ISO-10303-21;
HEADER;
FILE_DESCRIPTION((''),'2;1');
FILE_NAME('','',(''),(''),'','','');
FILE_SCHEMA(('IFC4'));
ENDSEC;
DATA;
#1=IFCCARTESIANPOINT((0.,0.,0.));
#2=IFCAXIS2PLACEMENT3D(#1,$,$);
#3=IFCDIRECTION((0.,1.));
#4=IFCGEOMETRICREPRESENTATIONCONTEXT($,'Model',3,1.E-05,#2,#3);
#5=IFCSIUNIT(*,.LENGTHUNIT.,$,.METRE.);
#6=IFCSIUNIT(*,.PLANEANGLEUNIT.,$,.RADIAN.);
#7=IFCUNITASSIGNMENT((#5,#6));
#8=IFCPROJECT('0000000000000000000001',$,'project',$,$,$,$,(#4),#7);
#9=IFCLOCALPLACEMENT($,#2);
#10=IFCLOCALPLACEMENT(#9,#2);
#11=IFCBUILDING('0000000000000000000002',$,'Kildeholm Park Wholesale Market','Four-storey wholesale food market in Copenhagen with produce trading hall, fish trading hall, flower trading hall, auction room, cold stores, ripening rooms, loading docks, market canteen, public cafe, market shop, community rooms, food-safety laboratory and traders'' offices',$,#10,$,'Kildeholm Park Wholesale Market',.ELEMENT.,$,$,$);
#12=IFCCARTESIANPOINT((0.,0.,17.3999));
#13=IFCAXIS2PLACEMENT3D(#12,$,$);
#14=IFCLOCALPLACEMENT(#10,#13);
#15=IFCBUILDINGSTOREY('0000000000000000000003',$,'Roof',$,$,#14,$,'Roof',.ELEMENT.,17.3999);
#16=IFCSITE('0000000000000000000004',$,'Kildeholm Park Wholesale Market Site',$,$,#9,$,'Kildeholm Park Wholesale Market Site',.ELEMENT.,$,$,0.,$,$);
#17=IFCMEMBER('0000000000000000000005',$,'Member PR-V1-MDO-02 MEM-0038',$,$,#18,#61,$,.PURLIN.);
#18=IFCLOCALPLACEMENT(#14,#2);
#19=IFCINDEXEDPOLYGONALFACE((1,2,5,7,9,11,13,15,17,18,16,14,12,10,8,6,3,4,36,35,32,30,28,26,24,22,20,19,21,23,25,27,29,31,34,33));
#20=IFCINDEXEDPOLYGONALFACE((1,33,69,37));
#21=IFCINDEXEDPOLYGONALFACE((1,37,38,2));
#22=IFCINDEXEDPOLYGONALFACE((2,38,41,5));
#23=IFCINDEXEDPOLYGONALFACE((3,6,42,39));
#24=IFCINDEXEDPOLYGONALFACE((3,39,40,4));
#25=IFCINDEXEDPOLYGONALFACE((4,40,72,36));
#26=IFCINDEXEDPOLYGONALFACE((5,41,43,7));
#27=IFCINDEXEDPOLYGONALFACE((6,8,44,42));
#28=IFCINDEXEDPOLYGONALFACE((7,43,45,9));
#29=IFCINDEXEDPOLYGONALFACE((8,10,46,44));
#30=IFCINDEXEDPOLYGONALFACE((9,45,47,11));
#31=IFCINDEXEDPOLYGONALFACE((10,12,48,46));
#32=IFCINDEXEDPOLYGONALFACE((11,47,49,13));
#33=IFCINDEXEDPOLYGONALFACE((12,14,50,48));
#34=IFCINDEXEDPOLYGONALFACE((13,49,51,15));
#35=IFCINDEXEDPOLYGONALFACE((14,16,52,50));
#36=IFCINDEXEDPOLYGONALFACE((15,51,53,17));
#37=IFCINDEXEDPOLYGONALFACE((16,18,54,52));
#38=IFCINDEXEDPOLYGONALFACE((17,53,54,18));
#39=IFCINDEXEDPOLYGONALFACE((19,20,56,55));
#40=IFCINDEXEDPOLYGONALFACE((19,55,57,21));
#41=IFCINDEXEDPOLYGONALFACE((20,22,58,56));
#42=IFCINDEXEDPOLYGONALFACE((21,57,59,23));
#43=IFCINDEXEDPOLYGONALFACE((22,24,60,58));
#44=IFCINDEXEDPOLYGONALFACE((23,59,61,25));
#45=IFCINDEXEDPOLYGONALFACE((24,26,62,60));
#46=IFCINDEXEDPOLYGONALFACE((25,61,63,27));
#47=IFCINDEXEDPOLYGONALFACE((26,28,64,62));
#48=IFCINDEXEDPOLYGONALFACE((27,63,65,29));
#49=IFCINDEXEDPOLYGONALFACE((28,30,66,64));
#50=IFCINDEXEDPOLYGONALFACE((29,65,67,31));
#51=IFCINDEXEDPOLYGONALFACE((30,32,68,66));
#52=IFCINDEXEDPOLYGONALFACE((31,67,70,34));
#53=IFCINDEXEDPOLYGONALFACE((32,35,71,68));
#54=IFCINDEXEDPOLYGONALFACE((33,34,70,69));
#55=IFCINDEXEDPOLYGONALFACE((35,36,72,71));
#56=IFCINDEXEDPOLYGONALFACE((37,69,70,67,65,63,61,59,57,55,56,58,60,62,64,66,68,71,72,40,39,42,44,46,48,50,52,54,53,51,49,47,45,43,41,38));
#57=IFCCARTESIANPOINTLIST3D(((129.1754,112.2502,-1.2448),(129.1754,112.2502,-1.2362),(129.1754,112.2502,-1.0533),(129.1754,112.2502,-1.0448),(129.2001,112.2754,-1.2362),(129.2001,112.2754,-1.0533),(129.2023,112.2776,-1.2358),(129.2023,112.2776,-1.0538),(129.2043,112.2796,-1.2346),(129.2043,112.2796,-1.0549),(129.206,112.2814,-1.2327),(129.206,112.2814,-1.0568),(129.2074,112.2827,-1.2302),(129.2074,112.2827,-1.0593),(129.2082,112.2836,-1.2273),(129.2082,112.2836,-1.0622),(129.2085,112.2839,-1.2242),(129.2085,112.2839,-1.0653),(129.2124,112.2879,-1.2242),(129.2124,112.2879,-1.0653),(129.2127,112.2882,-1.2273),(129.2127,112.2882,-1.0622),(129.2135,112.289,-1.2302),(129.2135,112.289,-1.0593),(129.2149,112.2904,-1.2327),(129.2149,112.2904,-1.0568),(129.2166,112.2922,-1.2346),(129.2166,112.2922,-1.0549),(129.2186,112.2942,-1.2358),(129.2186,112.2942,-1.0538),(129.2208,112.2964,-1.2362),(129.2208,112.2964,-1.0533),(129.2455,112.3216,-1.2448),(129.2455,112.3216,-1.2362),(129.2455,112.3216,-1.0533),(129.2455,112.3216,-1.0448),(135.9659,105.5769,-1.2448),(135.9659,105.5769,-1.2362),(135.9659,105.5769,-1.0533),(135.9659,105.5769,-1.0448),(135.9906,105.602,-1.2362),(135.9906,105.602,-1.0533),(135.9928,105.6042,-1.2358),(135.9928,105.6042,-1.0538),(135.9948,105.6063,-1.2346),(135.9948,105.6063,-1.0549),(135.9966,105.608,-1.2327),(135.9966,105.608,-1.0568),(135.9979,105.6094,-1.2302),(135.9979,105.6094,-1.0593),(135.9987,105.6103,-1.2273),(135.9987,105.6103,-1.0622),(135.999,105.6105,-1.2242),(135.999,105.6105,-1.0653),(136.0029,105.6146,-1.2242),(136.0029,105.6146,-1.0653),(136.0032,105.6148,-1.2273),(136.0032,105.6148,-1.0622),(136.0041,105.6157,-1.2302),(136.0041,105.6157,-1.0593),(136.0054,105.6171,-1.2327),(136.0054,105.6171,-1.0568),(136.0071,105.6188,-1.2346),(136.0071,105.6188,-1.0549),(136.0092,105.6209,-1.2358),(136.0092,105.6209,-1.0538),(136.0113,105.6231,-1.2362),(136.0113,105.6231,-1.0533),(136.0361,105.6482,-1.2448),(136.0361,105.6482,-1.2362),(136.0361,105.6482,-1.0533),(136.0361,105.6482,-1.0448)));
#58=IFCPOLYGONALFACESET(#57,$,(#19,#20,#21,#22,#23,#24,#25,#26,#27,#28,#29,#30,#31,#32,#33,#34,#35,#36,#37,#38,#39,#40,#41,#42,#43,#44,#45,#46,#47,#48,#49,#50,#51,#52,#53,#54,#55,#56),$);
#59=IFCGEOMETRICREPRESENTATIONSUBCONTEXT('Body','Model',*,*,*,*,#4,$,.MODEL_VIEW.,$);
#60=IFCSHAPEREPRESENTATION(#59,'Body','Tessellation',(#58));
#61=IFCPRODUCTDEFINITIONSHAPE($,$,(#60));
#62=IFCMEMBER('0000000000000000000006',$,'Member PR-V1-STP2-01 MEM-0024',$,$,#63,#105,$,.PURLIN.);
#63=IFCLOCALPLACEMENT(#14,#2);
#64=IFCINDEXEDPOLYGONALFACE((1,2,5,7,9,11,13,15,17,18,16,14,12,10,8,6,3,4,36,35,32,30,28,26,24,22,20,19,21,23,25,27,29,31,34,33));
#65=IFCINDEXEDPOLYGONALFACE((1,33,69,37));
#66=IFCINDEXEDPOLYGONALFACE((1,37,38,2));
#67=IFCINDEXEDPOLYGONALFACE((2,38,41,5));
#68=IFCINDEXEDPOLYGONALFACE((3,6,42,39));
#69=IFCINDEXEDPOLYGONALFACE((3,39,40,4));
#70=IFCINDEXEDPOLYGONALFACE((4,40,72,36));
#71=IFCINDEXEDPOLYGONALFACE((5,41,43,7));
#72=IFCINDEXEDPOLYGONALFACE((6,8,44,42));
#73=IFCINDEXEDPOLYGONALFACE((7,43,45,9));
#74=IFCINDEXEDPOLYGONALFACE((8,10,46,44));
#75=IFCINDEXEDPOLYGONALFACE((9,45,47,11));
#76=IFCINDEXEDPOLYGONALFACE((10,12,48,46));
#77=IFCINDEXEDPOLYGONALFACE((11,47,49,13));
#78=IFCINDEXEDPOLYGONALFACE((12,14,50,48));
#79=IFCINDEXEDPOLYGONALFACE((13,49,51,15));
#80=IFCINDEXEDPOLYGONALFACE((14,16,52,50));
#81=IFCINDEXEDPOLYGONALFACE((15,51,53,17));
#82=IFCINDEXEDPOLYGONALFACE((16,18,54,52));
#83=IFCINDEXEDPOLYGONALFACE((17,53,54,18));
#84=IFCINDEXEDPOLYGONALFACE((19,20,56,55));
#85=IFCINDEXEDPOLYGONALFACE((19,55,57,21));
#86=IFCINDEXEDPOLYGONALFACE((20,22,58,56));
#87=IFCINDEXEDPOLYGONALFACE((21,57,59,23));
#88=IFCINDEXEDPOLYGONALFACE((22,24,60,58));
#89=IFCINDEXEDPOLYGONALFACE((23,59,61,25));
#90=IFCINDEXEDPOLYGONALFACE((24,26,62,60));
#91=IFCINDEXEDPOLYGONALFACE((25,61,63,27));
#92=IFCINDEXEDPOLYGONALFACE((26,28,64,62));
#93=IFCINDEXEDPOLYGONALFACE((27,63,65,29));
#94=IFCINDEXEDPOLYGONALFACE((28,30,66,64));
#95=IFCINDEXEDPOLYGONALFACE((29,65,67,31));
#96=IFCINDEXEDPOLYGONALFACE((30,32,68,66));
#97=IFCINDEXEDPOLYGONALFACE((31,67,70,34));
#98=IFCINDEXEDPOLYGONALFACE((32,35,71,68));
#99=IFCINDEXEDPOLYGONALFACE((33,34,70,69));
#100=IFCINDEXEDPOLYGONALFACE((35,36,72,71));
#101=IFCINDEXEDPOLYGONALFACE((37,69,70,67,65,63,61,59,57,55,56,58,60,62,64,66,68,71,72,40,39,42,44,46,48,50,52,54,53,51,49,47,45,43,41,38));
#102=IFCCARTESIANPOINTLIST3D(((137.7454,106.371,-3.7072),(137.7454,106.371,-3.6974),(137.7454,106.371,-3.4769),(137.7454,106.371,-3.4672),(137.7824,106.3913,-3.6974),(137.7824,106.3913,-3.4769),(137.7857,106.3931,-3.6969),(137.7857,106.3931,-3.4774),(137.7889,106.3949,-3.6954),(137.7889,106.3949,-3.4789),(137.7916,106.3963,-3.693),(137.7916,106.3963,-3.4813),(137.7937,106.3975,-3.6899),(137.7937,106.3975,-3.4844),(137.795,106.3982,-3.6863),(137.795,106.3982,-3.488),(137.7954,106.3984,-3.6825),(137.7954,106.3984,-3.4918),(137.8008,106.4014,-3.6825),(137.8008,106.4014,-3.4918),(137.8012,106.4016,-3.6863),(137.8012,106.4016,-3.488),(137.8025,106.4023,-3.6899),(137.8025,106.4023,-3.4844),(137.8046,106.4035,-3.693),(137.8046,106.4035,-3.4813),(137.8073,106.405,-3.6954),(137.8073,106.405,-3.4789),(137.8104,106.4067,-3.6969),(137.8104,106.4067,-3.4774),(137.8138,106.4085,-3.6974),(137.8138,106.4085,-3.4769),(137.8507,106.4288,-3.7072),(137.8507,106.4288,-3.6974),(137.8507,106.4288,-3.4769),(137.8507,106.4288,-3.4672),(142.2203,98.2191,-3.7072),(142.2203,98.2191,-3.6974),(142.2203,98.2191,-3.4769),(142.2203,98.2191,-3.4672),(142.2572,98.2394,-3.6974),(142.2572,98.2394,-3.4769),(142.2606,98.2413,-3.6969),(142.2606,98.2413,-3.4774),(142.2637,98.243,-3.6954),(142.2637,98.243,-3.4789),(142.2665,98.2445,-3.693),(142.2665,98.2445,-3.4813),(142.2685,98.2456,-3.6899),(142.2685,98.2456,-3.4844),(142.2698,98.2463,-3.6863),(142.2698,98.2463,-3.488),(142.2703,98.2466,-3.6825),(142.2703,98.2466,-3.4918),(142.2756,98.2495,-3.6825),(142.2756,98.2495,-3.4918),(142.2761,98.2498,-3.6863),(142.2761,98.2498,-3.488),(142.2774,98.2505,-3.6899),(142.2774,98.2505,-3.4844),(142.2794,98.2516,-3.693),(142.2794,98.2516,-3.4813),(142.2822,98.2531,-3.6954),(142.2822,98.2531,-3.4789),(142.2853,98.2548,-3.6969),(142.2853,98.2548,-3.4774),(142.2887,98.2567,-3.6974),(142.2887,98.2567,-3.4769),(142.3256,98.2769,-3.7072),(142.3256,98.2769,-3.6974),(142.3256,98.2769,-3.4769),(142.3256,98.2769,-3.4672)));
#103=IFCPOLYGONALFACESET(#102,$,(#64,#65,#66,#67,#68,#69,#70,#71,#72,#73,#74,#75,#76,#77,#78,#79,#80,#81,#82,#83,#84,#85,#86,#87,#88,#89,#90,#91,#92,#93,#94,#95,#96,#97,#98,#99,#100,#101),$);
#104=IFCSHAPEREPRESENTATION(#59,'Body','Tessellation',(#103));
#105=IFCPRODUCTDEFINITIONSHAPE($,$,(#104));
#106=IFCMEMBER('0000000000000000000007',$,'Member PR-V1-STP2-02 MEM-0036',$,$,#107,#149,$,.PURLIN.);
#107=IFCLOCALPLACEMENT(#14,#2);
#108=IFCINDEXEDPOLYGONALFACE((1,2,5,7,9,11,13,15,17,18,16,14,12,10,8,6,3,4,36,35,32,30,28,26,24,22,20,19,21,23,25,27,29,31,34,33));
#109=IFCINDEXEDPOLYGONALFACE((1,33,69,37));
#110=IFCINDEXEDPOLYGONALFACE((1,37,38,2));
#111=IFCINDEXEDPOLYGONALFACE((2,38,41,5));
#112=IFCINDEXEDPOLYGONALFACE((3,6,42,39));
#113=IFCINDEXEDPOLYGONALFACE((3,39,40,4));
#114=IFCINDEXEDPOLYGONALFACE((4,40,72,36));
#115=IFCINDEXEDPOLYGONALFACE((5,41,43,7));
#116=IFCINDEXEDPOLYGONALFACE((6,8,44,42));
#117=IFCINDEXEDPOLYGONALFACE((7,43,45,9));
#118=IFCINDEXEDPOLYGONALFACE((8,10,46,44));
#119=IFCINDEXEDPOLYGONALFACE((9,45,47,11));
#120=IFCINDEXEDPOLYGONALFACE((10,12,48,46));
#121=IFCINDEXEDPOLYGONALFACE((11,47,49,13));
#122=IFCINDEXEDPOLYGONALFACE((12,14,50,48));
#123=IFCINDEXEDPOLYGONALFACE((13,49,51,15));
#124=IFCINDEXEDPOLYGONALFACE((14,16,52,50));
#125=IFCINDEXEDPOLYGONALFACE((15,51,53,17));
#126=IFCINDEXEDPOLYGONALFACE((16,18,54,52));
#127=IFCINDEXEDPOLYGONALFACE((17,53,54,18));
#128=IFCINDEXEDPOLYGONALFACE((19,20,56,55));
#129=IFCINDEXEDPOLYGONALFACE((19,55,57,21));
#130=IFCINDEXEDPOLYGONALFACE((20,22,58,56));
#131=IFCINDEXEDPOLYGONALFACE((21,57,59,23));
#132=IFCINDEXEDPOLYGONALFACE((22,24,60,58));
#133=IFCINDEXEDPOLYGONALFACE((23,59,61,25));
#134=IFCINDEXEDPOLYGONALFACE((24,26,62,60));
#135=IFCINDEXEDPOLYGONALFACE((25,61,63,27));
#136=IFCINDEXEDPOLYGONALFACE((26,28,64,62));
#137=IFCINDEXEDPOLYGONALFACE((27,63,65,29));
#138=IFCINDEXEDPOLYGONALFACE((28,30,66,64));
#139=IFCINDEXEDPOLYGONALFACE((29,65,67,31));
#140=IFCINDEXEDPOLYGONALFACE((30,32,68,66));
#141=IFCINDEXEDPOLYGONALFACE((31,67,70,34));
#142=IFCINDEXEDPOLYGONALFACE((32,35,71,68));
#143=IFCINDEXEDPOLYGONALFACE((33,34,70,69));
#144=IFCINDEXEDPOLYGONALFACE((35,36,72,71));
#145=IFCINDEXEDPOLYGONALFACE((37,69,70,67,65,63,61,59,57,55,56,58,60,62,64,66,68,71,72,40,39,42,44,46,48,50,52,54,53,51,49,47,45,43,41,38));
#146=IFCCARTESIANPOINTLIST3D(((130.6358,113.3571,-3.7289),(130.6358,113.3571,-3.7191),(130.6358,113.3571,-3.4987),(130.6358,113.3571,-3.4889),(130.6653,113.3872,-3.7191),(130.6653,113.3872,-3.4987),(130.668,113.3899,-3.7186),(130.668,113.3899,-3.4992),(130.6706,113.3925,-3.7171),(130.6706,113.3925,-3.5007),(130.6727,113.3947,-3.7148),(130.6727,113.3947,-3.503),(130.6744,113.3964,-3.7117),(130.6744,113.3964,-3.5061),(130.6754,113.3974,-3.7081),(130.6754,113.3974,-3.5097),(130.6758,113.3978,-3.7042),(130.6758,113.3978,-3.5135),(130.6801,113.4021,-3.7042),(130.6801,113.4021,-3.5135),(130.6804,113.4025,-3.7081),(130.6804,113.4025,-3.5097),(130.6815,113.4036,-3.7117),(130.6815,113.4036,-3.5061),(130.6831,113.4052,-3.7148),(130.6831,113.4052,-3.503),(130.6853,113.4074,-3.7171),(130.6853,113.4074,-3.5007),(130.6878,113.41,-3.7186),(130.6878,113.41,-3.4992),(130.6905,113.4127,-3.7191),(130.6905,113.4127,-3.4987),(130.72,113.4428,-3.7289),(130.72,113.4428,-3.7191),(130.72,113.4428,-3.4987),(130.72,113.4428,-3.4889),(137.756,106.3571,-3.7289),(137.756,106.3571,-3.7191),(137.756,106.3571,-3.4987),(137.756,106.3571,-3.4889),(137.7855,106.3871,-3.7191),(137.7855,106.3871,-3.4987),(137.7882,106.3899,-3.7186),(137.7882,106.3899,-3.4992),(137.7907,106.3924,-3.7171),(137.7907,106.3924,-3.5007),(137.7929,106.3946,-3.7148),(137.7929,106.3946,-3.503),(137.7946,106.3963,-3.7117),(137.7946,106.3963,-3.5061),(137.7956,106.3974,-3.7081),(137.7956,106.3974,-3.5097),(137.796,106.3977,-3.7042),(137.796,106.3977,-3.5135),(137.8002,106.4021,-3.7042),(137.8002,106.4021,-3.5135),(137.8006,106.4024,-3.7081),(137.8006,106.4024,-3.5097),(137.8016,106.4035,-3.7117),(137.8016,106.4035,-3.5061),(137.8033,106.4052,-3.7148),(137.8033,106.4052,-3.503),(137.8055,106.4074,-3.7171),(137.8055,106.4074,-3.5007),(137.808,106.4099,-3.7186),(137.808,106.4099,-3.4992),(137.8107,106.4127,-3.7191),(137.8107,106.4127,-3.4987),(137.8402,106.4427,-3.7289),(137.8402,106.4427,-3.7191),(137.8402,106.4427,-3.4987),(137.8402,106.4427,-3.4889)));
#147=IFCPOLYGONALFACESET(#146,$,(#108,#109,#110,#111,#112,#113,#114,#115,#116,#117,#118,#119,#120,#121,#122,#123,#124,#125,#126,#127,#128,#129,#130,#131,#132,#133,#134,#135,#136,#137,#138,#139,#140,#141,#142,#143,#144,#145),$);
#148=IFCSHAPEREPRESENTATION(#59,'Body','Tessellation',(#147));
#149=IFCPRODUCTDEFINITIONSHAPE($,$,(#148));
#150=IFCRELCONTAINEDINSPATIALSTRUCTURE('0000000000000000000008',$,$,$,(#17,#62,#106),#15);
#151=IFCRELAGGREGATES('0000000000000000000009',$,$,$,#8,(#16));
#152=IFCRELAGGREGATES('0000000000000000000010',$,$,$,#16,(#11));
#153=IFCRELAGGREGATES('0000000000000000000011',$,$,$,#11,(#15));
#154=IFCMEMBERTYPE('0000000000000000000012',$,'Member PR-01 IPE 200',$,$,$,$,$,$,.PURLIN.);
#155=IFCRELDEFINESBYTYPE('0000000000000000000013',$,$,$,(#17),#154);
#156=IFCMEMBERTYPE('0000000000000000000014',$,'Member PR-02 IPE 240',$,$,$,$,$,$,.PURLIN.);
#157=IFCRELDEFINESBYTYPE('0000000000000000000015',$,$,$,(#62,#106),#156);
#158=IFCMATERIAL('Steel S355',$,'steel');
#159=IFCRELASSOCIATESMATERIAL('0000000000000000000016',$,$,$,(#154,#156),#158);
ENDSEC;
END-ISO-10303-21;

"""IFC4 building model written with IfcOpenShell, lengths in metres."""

from ifc_helpers import new_model, si_unit, direction, frame, origin, origin_2d, place, context, subcontext, project, spatial, i_section, extrude, material, material_profile, profile_set, type_object, element, save


model = new_model("IFC4")

# Units and contexts
model_context = context("Model", 3, precision=1e-05, world=origin(), true_north=direction((0.0, 1.0)))
body_context = subcontext(model_context, "Body", "Model", "MODEL_VIEW")
ifc_project = project(units=[si_unit("LENGTHUNIT", "METRE"), si_unit("PLANEANGLEUNIT", "RADIAN")], contexts=[model_context])

# Site, building, storey
site_placement = place(None, origin())
site = spatial("IfcSite", under=ifc_project, at=site_placement, Name="Kildeholm Park Wholesale Market Site", LongName="Kildeholm Park Wholesale Market Site", CompositionType="ELEMENT", RefElevation=0.0)
building_placement = place(site_placement, origin())
building = spatial("IfcBuilding", under=site, at=building_placement, Name="Kildeholm Park Wholesale Market", Description="Four-storey wholesale food market in Copenhagen with produce trading hall, fish trading hall, flower trading hall, auction room, cold stores, ripening rooms, loading docks, market canteen, public cafe, market shop, community rooms, food-safety laboratory and traders' offices", LongName="Kildeholm Park Wholesale Market", CompositionType="ELEMENT")
storey_placement = place(building_placement, frame((0.0, 0.0, 17.3999)))
storey = spatial("IfcBuildingStorey", under=building, at=storey_placement, Name="Roof", LongName="Roof", CompositionType="ELEMENT", Elevation=17.3999)

# Shared definitions
ifc_material_1 = material(Name="Steel S355", Category="steel")

# Members
ifc_material_profile_1 = material_profile(ifc_material_1, i_section(OverallWidth=0.1001, OverallDepth=0.2, WebThickness=0.0056, FlangeThickness=0.0085, FilletRadius=0.012, at=origin_2d()), Name="IPE 200")
ifc_profile_set_1 = profile_set([ifc_material_profile_1], Name="Steel S355")
member_type_1 = type_object("IfcMemberType", Name="Member PR-01 IPE 200", PredefinedType="PURLIN", material=ifc_profile_set_1)
member_1_placement = place(storey_placement, frame((136.001, 105.6125, -1.1448), z_axis=(-0.713234, 0.700926, 0.0), x_axis=(-0.700926, -0.713234, 0.0)))
element("IfcMember", 1, at=member_1_placement, inside=storey, type_object=member_type_1, Name="Member PR-V1-MDO-02 MEM-0038", PredefinedType="PURLIN", context=body_context, shape_type="SweptSolid", body=[
    extrude(i_section(OverallWidth=0.1001, OverallDepth=0.2, WebThickness=0.0056, FlangeThickness=0.0085, FilletRadius=0.012, at=origin_2d()), origin(), (0.0, 0.0, 1.0), 9.5208),
])
ifc_material_profile_2 = material_profile(ifc_material_1, i_section(OverallWidth=0.1201, OverallDepth=0.24, WebThickness=0.0061, FlangeThickness=0.0098, FilletRadius=0.0149, at=origin_2d()), Name="IPE 240")
ifc_profile_set_2 = profile_set([ifc_material_profile_2], Name="Steel S355")
member_type_2 = type_object("IfcMemberType", Name="Member PR-02 IPE 240", PredefinedType="PURLIN", material=ifc_profile_set_2)
member_2_placement = place(storey_placement, frame((142.2729, 98.248, -3.5872), z_axis=(-0.481203, 0.876609, 0.0), x_axis=(-0.876609, -0.481203, 0.0)))
element("IfcMember", 2, at=member_2_placement, inside=storey, type_object=member_type_2, Name="Member PR-V1-STP2-01 MEM-0024", PredefinedType="PURLIN", context=body_context, shape_type="SweptSolid", body=[
    extrude(i_section(OverallWidth=0.1201, OverallDepth=0.24, WebThickness=0.0061, FlangeThickness=0.0098, FilletRadius=0.0149, at=origin_2d()), origin(), (0.0, 0.0, 1.0), 9.2993),
])
member_3_placement = place(storey_placement, frame((137.7981, 106.3999, -3.6089), z_axis=(-0.713096, 0.701066, 0.0), x_axis=(-0.701066, -0.713096, 0.0)))
element("IfcMember", 3, at=member_3_placement, inside=storey, type_object=member_type_2, Name="Member PR-V1-STP2-02 MEM-0036", PredefinedType="PURLIN", context=body_context, shape_type="SweptSolid", body=[
    extrude(i_section(OverallWidth=0.1201, OverallDepth=0.24, WebThickness=0.0061, FlangeThickness=0.0098, FilletRadius=0.0149, at=origin_2d()), origin(), (0.0, 0.0, 1.0), 9.9849),
])

save(model, "model.ifc")
